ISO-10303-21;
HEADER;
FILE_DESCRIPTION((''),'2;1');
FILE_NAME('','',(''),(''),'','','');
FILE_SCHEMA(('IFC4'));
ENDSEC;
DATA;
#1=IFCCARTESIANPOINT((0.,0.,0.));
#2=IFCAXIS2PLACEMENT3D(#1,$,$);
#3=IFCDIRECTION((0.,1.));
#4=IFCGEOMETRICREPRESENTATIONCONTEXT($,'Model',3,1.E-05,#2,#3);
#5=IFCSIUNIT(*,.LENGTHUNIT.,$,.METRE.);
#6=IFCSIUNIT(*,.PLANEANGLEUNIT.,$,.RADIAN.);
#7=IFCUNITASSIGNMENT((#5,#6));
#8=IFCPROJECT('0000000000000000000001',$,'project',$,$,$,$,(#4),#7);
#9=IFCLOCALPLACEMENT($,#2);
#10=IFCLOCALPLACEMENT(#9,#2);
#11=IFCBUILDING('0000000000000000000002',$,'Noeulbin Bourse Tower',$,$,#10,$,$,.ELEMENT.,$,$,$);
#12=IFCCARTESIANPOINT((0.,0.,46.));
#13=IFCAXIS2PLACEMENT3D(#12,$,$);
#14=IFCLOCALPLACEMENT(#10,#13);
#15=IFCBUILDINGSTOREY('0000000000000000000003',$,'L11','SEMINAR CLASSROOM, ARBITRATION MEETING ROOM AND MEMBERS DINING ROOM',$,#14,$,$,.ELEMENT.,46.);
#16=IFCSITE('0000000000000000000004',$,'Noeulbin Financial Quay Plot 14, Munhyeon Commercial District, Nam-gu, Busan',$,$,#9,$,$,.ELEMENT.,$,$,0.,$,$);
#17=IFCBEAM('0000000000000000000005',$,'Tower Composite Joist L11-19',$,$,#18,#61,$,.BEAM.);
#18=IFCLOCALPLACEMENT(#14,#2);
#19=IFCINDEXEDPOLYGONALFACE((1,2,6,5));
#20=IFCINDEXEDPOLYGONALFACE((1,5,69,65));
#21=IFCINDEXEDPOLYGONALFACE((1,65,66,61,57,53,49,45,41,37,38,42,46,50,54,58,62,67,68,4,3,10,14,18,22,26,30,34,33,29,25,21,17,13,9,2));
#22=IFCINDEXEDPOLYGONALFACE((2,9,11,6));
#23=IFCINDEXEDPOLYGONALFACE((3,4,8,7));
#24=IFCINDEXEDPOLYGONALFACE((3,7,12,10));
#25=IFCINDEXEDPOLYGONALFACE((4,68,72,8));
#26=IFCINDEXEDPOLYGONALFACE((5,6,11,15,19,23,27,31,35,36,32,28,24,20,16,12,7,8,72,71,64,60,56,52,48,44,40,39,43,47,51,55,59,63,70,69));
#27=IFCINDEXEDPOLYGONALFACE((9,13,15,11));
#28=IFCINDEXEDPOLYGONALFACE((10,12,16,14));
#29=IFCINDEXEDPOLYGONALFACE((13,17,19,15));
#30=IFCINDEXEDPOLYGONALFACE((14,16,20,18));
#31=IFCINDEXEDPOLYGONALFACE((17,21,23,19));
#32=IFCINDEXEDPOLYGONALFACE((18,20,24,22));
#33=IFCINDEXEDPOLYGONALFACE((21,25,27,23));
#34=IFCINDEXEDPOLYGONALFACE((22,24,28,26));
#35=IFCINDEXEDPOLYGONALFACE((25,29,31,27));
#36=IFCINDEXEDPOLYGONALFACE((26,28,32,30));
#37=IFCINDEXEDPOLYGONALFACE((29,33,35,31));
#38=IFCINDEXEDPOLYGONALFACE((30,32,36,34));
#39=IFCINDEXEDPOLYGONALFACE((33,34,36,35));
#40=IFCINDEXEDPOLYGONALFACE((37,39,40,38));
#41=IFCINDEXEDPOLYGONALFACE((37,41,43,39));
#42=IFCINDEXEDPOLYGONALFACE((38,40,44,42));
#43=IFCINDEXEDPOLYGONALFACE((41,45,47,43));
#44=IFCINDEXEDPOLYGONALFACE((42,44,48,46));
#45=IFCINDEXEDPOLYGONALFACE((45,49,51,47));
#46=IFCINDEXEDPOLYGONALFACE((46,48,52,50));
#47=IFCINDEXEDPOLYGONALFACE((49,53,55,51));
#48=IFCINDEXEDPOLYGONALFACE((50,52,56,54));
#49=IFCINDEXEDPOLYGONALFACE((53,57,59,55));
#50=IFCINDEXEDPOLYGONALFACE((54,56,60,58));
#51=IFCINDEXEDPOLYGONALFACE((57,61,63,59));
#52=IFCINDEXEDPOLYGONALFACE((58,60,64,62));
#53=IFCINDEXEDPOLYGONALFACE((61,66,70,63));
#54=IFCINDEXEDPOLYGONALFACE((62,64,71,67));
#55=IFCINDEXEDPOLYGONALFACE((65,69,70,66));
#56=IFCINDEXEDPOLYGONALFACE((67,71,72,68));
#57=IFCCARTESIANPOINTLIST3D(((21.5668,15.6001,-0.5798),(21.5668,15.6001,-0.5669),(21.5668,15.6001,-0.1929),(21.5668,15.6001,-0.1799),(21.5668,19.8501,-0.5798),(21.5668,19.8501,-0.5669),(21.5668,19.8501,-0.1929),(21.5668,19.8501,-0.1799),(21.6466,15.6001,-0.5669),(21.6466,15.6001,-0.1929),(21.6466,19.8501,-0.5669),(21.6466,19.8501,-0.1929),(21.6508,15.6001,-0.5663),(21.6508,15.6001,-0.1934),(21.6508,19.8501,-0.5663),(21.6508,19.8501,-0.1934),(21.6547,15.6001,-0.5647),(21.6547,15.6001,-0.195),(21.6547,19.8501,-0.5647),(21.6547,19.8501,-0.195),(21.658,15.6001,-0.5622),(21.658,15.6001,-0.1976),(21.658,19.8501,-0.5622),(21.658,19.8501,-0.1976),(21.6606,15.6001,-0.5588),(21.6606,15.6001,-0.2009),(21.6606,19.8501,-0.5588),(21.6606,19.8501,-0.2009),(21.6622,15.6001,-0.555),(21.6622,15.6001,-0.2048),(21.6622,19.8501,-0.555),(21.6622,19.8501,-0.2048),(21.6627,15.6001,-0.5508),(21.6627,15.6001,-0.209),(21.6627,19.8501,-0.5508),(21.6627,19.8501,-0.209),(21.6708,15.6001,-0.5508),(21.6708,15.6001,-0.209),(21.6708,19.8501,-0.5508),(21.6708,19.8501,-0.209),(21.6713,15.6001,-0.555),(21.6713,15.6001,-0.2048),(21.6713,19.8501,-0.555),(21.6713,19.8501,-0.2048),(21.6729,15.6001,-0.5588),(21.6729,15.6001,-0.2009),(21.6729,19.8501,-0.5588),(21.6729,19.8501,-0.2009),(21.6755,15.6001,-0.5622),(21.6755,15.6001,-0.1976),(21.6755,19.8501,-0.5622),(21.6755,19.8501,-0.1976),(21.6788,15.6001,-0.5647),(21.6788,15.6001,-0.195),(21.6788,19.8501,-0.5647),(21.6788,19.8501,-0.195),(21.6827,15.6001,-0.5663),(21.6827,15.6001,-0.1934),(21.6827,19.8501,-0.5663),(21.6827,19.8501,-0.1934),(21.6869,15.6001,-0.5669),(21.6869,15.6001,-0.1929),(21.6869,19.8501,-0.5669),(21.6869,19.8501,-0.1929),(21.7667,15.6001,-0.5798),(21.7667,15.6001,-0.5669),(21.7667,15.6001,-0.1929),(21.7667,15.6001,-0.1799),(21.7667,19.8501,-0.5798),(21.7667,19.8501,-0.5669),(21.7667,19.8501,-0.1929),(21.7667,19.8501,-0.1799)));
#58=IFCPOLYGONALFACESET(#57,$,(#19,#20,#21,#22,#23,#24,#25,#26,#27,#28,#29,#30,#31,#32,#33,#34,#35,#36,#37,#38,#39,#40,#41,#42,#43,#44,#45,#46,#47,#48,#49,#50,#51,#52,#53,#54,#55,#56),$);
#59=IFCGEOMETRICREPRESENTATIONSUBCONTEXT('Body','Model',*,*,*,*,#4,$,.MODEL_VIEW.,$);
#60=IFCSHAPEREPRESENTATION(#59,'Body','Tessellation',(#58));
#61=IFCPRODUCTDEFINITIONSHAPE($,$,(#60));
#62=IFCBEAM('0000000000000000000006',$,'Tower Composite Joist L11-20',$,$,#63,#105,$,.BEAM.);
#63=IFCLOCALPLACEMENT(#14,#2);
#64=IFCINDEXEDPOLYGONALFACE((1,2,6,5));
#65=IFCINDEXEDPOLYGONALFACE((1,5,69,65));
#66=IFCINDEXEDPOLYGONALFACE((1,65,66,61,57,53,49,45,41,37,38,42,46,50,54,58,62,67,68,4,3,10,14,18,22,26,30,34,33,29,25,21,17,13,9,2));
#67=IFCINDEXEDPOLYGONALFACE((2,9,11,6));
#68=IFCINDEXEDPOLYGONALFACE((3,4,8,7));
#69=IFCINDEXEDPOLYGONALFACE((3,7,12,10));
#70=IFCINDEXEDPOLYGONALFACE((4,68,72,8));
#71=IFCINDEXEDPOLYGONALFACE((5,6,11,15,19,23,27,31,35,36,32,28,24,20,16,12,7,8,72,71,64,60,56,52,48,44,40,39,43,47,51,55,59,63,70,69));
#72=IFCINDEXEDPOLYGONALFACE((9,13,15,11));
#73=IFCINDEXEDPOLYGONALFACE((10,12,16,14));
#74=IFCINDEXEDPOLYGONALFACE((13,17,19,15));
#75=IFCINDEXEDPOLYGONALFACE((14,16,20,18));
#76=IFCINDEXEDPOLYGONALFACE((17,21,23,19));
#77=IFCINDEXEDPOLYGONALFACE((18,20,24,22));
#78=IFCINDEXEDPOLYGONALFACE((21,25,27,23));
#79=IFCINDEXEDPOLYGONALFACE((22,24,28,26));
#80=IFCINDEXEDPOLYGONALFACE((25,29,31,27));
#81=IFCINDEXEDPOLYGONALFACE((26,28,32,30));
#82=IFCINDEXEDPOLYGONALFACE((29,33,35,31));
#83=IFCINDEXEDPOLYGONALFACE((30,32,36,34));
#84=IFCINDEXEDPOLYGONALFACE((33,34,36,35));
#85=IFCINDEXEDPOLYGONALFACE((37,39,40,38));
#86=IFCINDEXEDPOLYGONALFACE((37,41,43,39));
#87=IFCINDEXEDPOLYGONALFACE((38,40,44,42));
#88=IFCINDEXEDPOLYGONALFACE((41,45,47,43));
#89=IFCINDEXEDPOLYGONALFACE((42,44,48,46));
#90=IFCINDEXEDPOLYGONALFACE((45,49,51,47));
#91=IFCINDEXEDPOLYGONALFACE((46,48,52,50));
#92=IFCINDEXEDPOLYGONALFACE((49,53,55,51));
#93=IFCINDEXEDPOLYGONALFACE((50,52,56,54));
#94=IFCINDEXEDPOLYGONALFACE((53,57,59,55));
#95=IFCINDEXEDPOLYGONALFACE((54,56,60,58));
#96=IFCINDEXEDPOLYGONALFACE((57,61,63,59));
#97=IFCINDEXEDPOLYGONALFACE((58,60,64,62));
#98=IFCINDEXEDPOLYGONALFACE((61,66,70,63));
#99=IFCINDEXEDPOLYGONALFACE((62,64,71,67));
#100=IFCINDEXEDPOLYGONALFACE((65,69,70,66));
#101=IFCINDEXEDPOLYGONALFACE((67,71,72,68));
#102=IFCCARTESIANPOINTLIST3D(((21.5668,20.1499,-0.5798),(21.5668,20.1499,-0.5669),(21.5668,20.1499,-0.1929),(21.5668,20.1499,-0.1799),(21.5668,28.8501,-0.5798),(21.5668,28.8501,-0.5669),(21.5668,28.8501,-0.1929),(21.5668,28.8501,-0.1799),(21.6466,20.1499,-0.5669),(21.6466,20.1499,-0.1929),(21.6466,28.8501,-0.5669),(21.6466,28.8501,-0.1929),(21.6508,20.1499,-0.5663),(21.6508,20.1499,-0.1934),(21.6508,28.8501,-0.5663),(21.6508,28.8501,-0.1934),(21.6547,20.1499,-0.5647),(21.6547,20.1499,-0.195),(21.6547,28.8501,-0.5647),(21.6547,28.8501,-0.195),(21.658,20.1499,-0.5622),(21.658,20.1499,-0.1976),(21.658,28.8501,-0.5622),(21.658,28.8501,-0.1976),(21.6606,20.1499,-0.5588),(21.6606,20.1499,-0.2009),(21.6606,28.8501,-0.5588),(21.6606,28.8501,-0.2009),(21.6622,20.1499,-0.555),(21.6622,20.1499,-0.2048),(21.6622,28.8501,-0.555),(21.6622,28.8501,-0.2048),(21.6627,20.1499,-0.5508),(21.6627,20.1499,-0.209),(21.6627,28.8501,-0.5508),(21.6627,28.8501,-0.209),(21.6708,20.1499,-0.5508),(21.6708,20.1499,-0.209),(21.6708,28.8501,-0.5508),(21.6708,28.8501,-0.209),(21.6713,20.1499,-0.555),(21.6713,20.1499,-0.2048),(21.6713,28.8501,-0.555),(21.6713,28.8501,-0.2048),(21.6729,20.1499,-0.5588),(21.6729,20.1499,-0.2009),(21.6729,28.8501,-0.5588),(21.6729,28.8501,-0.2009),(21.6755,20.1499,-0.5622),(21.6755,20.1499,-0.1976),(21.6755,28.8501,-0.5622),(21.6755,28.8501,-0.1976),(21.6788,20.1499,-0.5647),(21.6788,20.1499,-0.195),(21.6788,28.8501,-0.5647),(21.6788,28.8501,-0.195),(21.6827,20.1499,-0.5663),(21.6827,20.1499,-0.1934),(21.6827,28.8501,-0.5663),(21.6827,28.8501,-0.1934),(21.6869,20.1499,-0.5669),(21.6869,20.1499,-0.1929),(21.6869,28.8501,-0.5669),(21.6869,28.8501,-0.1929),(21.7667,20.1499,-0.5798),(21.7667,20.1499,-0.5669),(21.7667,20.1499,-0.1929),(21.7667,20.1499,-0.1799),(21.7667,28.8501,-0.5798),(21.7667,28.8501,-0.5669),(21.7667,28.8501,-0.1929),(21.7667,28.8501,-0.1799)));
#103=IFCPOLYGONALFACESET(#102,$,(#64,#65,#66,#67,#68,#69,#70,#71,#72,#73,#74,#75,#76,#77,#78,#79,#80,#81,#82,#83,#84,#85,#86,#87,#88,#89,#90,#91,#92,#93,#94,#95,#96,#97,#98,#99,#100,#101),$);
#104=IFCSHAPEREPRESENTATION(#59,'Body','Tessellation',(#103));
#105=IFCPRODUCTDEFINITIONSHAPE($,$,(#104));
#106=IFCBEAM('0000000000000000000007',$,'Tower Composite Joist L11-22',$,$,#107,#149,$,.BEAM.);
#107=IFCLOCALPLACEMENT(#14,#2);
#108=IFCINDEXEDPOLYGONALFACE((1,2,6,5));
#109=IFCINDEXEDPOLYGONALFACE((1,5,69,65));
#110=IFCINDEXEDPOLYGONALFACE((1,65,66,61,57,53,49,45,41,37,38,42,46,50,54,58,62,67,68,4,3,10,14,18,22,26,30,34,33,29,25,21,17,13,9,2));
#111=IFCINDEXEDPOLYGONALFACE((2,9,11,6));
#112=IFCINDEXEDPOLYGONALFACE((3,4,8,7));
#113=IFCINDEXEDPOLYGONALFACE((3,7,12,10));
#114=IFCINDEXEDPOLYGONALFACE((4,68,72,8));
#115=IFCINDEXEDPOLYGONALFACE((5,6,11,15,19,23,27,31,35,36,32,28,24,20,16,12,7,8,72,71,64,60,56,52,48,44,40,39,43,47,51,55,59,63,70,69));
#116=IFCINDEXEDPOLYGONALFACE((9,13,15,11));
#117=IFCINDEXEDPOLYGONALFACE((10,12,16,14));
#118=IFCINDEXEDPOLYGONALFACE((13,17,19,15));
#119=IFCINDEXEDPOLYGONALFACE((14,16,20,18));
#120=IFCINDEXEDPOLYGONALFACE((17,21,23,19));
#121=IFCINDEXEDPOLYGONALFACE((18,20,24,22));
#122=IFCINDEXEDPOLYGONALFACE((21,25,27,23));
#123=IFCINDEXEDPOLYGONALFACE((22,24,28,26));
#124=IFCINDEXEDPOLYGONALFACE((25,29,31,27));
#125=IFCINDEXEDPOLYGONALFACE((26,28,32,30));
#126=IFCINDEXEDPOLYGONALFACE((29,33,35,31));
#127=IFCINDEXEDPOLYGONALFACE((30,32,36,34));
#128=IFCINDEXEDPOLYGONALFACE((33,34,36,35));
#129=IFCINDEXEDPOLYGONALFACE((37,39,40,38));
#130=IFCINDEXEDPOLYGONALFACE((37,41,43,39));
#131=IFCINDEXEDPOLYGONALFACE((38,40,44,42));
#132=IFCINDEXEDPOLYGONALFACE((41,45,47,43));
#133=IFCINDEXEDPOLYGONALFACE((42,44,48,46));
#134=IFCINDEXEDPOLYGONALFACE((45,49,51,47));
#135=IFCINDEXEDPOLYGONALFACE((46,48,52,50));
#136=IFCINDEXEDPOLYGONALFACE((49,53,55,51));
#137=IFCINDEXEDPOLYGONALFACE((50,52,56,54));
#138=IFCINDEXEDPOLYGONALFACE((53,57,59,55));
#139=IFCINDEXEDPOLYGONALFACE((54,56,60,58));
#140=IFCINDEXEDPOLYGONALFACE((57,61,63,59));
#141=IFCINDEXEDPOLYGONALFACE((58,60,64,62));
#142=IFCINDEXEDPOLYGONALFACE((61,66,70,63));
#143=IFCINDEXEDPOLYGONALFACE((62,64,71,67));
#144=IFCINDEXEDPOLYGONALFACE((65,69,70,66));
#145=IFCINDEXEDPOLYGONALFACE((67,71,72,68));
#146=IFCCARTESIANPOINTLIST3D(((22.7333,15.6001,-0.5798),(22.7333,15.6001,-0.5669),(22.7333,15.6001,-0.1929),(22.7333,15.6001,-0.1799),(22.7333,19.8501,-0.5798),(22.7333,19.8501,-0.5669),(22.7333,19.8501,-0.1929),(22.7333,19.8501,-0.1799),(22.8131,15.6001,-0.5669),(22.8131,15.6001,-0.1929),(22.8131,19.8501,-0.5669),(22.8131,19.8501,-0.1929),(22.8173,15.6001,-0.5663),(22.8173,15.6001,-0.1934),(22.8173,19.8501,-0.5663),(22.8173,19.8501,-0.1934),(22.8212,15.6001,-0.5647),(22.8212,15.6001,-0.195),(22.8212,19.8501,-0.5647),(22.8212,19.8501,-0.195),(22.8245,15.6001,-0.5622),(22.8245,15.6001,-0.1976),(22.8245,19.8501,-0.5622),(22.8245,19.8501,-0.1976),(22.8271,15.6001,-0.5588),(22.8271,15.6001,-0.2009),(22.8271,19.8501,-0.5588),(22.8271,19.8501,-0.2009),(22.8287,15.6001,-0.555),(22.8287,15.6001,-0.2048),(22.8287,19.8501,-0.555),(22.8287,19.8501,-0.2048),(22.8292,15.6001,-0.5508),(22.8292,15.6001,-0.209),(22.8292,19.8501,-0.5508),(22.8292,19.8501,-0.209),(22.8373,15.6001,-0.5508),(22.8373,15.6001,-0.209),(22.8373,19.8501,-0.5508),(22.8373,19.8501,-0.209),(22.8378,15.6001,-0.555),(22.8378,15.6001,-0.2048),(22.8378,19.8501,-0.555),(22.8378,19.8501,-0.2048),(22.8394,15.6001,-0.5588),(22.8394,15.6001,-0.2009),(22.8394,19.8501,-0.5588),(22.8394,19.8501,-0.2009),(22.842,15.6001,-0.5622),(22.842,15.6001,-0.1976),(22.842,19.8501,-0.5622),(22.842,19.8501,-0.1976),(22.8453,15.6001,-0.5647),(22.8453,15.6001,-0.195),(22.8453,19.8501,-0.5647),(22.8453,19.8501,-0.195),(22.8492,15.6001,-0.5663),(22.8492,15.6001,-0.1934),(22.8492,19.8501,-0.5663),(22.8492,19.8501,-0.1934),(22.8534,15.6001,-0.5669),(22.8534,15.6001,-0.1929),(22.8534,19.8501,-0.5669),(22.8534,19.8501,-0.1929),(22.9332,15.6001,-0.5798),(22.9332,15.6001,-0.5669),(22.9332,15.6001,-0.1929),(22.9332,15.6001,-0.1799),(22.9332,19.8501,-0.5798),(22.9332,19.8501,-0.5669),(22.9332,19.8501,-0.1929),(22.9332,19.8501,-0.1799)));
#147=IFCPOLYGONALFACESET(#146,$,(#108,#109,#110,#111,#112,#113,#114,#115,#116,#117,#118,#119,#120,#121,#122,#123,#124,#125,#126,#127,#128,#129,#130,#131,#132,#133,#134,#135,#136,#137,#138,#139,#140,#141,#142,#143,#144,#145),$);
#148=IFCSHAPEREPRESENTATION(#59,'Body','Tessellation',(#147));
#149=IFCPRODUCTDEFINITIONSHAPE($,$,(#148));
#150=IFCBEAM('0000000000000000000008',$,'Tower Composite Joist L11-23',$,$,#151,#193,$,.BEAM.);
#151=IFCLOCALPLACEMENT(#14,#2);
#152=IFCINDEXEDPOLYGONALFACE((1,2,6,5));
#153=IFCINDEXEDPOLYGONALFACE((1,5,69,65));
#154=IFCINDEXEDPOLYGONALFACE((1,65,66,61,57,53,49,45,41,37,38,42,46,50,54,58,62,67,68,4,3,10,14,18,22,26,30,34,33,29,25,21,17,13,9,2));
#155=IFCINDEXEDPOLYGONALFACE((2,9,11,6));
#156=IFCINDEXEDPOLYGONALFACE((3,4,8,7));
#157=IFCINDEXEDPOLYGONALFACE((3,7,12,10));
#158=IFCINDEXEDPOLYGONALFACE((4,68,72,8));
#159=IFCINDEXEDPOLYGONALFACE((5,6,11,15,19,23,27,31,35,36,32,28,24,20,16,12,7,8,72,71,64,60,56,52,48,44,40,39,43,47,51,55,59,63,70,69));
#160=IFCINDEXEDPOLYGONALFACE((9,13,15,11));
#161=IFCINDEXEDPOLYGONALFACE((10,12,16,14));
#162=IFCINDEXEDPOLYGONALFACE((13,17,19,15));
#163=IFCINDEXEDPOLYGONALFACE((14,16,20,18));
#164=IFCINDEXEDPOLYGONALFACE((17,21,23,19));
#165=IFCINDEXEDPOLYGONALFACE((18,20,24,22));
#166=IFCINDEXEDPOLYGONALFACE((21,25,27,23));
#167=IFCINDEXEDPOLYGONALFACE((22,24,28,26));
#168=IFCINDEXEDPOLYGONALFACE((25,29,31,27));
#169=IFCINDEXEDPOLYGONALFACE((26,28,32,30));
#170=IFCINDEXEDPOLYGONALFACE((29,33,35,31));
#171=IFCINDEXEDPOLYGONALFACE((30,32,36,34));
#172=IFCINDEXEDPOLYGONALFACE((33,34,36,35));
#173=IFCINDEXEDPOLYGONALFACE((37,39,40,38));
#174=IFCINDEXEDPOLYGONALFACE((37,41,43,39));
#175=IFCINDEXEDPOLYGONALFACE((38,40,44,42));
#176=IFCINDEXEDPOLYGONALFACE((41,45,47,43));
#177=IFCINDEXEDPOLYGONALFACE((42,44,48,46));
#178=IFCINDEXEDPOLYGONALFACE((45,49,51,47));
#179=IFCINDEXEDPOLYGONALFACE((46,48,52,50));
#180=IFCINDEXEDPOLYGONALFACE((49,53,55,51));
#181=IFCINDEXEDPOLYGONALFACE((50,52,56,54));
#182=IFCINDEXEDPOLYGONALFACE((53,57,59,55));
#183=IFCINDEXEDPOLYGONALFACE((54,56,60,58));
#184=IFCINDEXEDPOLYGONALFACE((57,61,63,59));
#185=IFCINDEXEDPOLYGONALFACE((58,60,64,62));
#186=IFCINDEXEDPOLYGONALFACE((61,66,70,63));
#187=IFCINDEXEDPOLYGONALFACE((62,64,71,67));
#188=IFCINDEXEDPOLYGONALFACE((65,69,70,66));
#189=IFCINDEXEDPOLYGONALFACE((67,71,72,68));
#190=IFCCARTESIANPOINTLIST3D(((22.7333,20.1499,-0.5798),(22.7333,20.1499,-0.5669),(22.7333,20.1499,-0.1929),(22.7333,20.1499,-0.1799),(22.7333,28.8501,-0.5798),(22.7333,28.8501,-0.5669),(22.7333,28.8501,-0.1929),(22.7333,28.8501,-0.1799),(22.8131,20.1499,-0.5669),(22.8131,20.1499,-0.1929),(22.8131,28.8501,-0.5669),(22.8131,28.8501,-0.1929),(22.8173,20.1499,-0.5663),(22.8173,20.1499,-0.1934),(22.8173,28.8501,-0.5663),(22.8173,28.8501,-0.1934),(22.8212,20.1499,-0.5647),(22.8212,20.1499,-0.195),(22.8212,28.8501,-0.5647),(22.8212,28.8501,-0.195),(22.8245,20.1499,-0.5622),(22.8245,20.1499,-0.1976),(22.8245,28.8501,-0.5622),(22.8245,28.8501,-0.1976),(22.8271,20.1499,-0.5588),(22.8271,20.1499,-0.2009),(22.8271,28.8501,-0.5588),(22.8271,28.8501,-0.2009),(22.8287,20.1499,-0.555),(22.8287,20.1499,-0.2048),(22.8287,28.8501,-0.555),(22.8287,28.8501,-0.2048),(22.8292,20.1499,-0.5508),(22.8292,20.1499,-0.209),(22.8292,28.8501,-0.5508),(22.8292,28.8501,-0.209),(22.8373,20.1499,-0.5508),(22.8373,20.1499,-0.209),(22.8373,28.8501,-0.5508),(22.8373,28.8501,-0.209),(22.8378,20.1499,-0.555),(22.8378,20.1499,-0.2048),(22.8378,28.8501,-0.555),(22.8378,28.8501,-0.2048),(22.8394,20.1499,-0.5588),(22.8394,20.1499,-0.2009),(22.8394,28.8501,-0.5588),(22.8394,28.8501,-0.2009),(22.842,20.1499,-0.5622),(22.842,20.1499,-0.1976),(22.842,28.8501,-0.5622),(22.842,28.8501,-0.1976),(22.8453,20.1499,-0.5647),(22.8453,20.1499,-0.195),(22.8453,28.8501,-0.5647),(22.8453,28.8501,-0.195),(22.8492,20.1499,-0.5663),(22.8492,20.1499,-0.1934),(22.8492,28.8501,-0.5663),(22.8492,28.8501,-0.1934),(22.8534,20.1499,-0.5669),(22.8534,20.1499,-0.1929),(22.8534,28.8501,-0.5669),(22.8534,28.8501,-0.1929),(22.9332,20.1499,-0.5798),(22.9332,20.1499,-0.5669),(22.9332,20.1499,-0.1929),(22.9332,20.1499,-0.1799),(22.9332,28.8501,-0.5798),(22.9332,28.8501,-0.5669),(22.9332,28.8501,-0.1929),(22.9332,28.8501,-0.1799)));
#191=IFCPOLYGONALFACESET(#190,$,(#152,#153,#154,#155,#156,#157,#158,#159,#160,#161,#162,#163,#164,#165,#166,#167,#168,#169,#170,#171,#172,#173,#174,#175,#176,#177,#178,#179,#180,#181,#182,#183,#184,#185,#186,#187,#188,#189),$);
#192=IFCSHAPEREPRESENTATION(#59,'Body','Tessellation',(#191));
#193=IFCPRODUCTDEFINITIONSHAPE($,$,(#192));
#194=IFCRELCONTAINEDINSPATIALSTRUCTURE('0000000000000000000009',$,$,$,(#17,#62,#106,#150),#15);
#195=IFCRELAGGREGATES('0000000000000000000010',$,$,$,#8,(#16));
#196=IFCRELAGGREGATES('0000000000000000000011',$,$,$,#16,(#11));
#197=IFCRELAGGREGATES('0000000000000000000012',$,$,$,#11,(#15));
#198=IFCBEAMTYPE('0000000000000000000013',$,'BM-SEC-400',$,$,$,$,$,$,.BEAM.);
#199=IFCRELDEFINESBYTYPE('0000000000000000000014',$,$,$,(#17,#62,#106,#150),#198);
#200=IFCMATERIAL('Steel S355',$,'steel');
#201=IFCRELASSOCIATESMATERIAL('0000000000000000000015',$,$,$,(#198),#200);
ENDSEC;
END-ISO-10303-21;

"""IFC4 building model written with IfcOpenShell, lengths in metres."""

from ifc_helpers import new_model, si_unit, direction, frame, origin, origin_2d, place, context, subcontext, project, spatial, i_section, extrude, material, material_profile, profile_set, type_object, element, save


model = new_model("IFC4")

# Units and contexts
model_context = context("Model", 3, precision=1e-05, world=origin(), true_north=direction((0.0, 1.0)))
body_context = subcontext(model_context, "Body", "Model", "MODEL_VIEW")
ifc_project = project(units=[si_unit("LENGTHUNIT", "METRE"), si_unit("PLANEANGLEUNIT", "RADIAN")], contexts=[model_context])

# Site, building, storey
site_placement = place(None, origin())
site = spatial("IfcSite", under=ifc_project, at=site_placement, Name="Noeulbin Financial Quay Plot 14, Munhyeon Commercial District, Nam-gu, Busan", CompositionType="ELEMENT", RefElevation=0.0)
building_placement = place(site_placement, origin())
building = spatial("IfcBuilding", under=site, at=building_placement, Name="Noeulbin Bourse Tower", CompositionType="ELEMENT")
storey_placement = place(building_placement, frame((0.0, 0.0, 46.0)))
storey = spatial("IfcBuildingStorey", under=building, at=storey_placement, Name="L11", Description="SEMINAR CLASSROOM, ARBITRATION MEETING ROOM AND MEMBERS DINING ROOM", CompositionType="ELEMENT", Elevation=46.0)

# Beams
ifc_material_1 = material(Name="Steel S355", Category="steel")
ifc_material_profile_1 = material_profile(ifc_material_1, i_section(OverallWidth=0.2, OverallDepth=0.3999, WebThickness=0.0081, FlangeThickness=0.0129, FilletRadius=0.0161, at=origin_2d()), Name="H-400x200x8x13", Category="LoadBearing")
ifc_profile_set_1 = profile_set([ifc_material_profile_1], Name="Steel S355")
beam_type = type_object("IfcBeamType", Name="BM-SEC-400", PredefinedType="BEAM", material=ifc_profile_set_1)
beam_1_placement = place(storey_placement, frame((21.6667, 15.6001, -0.3799), z_axis=(0.0, 1.0, 0.0), x_axis=(-1.0, 0.0, 0.0)))
element("IfcBeam", 1, at=beam_1_placement, inside=storey, type_object=beam_type, Name="Tower Composite Joist L11-19", PredefinedType="BEAM", context=body_context, shape_type="SweptSolid", body=[
    extrude(i_section(OverallWidth=0.2, OverallDepth=0.3999, WebThickness=0.0081, FlangeThickness=0.0129, FilletRadius=0.0161, at=origin_2d()), origin(), (0.0, 0.0, 1.0), 4.25),
])
beam_2_placement = place(storey_placement, frame((21.6667, 20.1499, -0.3799), z_axis=(0.0, 1.0, 0.0), x_axis=(-1.0, 0.0, 0.0)))
element("IfcBeam", 2, at=beam_2_placement, inside=storey, type_object=beam_type, Name="Tower Composite Joist L11-20", PredefinedType="BEAM", context=body_context, shape_type="SweptSolid", body=[
    extrude(i_section(OverallWidth=0.2, OverallDepth=0.3999, WebThickness=0.0081, FlangeThickness=0.0129, FilletRadius=0.0161, at=origin_2d()), origin(), (0.0, 0.0, 1.0), 8.7002),
])
beam_3_placement = place(storey_placement, frame((22.8333, 15.6001, -0.3799), z_axis=(0.0, 1.0, 0.0), x_axis=(-1.0, 0.0, 0.0)))
element("IfcBeam", 3, at=beam_3_placement, inside=storey, type_object=beam_type, Name="Tower Composite Joist L11-22", PredefinedType="BEAM", context=body_context, shape_type="SweptSolid", body=[
    extrude(i_section(OverallWidth=0.2, OverallDepth=0.3999, WebThickness=0.0081, FlangeThickness=0.0129, FilletRadius=0.0161, at=origin_2d()), origin(), (0.0, 0.0, 1.0), 4.25),
])
beam_4_placement = place(storey_placement, frame((22.8333, 20.1499, -0.3799), z_axis=(0.0, 1.0, 0.0), x_axis=(-1.0, 0.0, 0.0)))
element("IfcBeam", 4, at=beam_4_placement, inside=storey, type_object=beam_type, Name="Tower Composite Joist L11-23", PredefinedType="BEAM", context=body_context, shape_type="SweptSolid", body=[
    extrude(i_section(OverallWidth=0.2, OverallDepth=0.3999, WebThickness=0.0081, FlangeThickness=0.0129, FilletRadius=0.0161, at=origin_2d()), origin(), (0.0, 0.0, 1.0), 8.7002),
])

save(model, "model.ifc")
